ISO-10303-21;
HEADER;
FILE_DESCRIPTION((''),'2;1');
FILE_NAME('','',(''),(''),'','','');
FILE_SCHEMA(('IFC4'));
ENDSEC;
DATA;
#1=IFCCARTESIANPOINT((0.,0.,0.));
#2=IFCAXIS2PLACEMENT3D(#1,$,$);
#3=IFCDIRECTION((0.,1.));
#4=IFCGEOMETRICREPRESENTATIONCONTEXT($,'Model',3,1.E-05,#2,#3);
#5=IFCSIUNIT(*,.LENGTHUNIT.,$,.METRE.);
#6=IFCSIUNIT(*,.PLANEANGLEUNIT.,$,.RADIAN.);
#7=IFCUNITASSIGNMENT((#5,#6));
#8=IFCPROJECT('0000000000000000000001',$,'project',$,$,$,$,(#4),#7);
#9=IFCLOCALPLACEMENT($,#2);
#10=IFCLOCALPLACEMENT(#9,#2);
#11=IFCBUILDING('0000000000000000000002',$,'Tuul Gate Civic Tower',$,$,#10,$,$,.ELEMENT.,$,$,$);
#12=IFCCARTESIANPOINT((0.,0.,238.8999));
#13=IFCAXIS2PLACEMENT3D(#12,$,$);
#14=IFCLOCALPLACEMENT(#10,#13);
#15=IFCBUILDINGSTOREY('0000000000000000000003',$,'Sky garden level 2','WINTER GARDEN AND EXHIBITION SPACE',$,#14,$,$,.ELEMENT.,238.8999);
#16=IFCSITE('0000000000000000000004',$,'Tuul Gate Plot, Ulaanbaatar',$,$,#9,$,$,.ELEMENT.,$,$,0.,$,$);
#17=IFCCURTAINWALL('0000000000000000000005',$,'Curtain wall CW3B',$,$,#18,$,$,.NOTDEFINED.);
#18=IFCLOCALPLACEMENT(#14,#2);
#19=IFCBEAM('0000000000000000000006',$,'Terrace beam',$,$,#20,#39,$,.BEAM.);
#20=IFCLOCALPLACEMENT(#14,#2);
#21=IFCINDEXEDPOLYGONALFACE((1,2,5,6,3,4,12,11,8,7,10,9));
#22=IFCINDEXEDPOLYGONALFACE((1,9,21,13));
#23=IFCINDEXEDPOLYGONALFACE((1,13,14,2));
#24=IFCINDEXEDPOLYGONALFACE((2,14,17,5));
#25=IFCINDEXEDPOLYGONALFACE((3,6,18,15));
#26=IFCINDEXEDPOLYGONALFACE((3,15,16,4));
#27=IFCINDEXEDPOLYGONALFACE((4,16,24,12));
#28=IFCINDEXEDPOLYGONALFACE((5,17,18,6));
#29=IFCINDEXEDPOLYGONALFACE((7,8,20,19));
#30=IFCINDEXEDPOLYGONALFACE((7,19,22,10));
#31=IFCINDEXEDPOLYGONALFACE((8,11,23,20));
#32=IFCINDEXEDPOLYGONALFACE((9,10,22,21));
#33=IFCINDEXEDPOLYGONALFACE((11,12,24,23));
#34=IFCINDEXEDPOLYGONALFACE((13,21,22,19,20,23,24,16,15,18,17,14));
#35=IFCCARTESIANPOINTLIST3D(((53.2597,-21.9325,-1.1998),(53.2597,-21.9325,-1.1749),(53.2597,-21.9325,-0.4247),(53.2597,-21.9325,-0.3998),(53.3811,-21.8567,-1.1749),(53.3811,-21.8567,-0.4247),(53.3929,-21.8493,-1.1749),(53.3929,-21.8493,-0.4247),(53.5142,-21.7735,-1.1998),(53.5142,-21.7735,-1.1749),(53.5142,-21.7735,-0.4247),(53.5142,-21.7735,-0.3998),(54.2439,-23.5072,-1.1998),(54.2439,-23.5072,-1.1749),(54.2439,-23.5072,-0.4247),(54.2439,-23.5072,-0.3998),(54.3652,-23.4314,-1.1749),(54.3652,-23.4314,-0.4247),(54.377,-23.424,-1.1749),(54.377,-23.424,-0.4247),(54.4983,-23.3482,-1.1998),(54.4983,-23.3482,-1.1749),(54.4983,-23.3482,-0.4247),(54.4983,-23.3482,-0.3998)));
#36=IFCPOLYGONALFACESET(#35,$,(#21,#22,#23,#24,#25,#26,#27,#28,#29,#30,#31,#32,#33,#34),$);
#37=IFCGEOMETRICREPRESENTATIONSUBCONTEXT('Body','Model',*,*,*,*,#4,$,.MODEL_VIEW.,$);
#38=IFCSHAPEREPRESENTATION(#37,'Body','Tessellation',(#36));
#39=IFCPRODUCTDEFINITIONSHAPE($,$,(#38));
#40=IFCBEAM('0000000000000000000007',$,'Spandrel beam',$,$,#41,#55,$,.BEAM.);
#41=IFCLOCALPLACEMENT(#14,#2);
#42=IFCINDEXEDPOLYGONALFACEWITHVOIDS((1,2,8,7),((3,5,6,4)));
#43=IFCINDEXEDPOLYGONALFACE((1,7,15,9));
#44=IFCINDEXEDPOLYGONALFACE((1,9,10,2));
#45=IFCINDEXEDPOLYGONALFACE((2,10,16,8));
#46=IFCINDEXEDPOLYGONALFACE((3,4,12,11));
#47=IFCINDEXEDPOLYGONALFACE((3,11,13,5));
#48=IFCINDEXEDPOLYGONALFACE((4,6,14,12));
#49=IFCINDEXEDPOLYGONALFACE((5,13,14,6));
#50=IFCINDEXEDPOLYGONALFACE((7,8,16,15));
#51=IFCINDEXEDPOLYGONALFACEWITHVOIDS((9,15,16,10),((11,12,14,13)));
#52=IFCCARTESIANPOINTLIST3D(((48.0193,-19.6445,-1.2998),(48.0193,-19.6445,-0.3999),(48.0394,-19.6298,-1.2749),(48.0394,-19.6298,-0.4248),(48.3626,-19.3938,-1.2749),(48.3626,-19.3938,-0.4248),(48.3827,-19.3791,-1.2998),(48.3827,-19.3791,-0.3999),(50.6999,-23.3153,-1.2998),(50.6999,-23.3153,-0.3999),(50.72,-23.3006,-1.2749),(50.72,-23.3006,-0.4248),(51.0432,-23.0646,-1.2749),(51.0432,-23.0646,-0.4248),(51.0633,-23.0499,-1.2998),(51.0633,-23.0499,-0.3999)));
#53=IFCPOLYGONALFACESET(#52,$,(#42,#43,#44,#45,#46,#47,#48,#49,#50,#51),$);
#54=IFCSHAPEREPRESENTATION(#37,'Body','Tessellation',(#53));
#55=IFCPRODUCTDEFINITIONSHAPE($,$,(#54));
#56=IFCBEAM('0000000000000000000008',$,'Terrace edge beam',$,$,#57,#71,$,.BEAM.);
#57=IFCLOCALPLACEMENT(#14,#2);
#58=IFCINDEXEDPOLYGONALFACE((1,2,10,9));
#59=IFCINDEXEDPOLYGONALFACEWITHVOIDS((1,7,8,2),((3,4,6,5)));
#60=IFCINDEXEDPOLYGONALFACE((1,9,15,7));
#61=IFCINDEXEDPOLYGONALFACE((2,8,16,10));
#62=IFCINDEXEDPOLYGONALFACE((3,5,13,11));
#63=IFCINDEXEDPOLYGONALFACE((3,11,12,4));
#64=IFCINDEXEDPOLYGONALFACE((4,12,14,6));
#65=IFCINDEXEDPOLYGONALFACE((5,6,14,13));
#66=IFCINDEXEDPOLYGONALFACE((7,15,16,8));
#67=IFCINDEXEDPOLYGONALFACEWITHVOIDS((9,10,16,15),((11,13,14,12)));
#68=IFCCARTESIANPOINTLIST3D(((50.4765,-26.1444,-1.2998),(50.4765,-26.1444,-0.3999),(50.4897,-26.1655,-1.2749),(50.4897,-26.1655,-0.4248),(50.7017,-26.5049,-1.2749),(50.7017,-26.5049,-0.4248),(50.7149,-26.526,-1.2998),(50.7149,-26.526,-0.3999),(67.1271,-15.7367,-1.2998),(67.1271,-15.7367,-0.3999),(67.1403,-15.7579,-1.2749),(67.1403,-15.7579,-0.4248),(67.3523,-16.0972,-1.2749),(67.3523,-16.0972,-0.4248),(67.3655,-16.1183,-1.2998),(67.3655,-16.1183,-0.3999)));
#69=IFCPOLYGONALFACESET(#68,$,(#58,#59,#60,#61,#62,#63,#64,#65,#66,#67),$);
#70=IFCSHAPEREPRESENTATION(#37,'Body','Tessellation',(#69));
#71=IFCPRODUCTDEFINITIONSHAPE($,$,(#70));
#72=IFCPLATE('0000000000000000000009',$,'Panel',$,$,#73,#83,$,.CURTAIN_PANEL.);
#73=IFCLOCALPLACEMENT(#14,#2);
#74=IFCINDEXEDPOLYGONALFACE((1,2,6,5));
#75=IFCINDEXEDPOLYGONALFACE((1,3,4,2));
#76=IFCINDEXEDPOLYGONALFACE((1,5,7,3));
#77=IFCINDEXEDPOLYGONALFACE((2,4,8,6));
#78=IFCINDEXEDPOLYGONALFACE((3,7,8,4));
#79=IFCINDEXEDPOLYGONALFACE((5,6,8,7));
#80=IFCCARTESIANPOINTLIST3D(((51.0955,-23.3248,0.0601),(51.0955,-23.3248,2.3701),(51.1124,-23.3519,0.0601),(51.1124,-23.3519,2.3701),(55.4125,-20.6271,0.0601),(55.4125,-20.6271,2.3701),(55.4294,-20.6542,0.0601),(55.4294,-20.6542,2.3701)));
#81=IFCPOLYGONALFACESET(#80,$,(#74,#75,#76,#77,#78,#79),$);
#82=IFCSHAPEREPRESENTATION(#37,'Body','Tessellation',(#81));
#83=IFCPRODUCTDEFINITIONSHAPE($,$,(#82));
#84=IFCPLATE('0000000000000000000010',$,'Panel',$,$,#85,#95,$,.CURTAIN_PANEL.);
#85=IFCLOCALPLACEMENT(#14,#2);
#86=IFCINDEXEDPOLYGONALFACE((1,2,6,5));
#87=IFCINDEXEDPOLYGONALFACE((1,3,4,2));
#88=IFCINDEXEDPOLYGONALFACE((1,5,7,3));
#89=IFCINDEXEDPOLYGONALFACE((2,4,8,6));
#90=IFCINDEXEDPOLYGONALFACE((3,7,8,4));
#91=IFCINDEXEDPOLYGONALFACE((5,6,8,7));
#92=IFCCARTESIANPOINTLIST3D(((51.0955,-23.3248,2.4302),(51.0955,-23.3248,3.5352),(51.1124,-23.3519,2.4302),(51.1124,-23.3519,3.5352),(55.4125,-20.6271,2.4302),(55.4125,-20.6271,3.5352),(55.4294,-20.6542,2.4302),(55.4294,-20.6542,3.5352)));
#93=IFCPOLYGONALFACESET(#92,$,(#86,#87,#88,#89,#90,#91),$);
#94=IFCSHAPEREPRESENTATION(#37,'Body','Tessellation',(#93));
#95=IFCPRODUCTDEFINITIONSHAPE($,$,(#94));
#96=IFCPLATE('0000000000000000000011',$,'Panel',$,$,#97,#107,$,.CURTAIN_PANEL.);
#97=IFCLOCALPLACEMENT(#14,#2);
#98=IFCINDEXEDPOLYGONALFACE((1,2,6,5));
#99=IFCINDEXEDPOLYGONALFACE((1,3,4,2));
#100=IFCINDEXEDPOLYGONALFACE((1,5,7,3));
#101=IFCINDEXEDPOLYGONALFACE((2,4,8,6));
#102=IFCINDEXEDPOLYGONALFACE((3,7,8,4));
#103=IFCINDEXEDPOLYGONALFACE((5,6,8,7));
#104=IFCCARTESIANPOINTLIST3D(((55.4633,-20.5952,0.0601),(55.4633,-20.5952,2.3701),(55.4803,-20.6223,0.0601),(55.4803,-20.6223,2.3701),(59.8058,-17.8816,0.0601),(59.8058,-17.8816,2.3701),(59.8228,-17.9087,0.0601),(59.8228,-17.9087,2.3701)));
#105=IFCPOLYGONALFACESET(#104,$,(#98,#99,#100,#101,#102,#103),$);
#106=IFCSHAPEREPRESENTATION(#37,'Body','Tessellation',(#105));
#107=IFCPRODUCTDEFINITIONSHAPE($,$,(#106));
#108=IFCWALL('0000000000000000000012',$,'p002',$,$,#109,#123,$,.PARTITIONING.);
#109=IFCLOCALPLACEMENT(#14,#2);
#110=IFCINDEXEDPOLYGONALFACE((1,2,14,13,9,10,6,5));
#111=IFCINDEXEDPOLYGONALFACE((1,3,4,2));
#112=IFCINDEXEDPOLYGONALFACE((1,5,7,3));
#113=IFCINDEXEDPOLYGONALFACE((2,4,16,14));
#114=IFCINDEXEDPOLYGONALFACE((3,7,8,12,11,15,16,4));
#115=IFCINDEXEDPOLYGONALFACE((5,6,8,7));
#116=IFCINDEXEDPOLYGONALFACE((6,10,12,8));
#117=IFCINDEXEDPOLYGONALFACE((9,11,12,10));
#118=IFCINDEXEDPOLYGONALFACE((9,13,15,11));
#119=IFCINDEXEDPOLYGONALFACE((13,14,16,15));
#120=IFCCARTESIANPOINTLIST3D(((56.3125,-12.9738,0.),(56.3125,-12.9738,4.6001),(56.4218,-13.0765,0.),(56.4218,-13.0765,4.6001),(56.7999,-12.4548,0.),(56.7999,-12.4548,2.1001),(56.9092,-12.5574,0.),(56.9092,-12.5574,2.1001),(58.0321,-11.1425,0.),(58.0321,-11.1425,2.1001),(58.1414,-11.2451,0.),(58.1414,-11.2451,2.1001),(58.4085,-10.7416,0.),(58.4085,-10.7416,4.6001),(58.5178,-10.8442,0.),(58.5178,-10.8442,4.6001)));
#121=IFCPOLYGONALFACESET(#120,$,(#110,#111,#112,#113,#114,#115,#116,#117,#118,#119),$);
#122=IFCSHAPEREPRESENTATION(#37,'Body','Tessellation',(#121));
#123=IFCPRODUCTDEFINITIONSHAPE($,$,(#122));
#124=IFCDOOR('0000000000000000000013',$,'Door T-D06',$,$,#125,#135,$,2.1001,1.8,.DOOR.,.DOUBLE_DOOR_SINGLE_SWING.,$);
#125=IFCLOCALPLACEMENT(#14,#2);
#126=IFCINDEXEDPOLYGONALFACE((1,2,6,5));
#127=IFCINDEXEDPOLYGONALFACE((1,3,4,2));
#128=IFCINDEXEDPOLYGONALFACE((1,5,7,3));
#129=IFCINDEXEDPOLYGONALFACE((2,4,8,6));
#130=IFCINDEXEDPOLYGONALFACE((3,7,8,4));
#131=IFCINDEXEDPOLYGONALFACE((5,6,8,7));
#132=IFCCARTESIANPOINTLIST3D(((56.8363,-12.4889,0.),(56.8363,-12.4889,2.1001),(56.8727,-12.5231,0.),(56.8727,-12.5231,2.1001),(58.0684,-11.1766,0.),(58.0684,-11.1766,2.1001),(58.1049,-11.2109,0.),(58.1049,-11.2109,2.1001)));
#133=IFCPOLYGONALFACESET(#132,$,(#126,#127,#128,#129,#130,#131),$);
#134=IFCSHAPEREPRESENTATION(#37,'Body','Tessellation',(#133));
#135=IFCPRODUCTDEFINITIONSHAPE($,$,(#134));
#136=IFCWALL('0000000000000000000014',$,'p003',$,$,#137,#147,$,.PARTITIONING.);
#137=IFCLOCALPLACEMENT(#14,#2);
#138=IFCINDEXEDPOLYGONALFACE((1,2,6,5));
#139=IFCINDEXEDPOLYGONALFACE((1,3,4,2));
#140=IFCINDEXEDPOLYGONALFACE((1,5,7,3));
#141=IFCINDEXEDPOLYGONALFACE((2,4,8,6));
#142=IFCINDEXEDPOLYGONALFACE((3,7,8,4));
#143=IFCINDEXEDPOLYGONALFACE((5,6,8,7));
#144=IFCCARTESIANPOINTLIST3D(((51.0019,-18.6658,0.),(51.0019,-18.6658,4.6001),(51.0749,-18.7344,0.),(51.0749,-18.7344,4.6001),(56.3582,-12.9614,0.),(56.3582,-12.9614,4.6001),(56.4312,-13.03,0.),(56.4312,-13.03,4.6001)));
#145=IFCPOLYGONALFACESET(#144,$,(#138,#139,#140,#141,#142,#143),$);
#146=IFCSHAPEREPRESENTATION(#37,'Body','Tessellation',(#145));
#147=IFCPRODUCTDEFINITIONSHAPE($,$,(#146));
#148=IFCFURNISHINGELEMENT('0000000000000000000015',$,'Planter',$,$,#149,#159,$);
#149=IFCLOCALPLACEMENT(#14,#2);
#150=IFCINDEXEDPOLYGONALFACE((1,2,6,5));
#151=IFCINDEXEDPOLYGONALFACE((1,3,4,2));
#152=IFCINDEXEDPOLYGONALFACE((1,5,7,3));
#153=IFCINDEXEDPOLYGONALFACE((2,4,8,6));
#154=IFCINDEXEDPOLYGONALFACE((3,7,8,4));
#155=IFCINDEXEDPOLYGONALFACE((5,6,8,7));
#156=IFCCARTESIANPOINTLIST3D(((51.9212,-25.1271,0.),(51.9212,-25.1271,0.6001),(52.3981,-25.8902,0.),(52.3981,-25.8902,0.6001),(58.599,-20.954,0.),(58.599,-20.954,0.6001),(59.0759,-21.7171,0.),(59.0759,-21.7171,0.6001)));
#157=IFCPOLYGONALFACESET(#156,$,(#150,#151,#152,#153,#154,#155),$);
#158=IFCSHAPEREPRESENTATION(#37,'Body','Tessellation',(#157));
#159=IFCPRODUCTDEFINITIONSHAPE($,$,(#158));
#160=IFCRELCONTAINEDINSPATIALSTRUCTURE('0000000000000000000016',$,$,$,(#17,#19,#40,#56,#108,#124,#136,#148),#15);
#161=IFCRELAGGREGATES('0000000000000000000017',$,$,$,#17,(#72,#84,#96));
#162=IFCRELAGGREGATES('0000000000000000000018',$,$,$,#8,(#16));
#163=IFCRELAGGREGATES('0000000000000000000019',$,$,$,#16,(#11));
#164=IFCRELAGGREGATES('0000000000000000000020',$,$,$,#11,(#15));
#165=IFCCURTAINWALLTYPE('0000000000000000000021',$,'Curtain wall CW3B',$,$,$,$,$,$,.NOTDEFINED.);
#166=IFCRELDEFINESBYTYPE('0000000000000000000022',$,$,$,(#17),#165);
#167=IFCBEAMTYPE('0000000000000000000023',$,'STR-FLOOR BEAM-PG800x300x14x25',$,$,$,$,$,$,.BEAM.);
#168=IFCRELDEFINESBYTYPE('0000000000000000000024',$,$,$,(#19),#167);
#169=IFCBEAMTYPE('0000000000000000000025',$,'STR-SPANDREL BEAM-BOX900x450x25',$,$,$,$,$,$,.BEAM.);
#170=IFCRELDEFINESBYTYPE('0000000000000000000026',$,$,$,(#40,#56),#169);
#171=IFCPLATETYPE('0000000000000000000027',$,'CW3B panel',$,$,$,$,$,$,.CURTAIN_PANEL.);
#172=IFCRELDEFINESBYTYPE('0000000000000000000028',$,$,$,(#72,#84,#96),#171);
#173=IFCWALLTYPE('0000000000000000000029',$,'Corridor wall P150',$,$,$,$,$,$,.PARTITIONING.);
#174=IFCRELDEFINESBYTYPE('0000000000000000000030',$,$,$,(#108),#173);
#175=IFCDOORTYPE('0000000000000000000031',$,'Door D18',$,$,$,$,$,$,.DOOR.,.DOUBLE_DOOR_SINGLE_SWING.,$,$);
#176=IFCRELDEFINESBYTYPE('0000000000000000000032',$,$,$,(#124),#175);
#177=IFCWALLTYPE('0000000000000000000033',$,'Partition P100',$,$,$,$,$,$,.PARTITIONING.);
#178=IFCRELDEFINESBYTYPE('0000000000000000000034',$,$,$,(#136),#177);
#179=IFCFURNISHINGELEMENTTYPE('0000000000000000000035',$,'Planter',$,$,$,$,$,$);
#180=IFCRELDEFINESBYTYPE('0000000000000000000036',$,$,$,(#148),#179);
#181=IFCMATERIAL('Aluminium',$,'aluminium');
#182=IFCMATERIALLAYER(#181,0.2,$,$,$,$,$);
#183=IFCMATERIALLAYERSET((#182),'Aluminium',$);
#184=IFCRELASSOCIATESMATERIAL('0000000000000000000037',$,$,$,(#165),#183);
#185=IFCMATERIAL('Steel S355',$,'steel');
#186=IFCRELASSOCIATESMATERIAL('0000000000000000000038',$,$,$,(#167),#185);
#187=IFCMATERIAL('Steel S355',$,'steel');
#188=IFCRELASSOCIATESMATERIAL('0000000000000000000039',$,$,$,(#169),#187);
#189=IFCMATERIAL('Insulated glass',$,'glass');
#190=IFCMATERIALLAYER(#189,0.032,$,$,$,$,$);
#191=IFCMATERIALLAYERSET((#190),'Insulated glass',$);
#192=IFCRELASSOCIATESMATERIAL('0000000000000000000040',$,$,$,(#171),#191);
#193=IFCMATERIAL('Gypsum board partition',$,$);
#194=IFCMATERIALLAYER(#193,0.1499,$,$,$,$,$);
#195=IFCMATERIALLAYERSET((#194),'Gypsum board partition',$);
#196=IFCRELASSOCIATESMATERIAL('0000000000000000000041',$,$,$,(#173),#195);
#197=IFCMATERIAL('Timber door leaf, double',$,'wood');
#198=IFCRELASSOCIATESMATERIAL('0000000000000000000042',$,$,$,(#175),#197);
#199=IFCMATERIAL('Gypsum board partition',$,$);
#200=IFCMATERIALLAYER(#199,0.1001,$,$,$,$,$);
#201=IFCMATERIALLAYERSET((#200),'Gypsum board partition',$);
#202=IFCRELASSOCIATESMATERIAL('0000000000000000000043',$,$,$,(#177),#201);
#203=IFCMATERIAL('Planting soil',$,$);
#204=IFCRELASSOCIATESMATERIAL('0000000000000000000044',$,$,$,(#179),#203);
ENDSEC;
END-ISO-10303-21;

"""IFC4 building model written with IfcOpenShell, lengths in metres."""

from ifc_helpers import new_model, si_unit, direction, frame, frame_2d, origin, origin_2d, place, context, subcontext, project, spatial, rectangle, hollow_rectangle, i_section, extrude, material, layer, layer_set, material_profile, profile_set, type_object, element, fill, aggregate, save


model = new_model("IFC4")

# Units and contexts
model_context = context("Model", 3, precision=1e-05, world=origin(), true_north=direction((0.0, 1.0)))
body_context = subcontext(model_context, "Body", "Model", "MODEL_VIEW")
ifc_project = project(units=[si_unit("LENGTHUNIT", "METRE"), si_unit("PLANEANGLEUNIT", "RADIAN")], contexts=[model_context])

# Site, building, storey
site_placement = place(None, origin())
site = spatial("IfcSite", under=ifc_project, at=site_placement, Name="Tuul Gate Plot, Ulaanbaatar", CompositionType="ELEMENT", RefElevation=0.0)
building_placement = place(site_placement, origin())
building = spatial("IfcBuilding", under=site, at=building_placement, Name="Tuul Gate Civic Tower", CompositionType="ELEMENT")
storey_placement = place(building_placement, frame((0.0, 0.0, 238.8999)))
storey = spatial("IfcBuildingStorey", under=building, at=storey_placement, Name="Sky garden level 2", Description="WINTER GARDEN AND EXHIBITION SPACE", CompositionType="ELEMENT", Elevation=238.8999)

# Shared definitions
ifc_material_1 = material(Name="Aluminium", Category="aluminium")
ifc_layer_1 = layer(ifc_material_1, 0.2)
ifc_layer_set_1 = layer_set([ifc_layer_1], Name="Aluminium")
curtain_wall_type = type_object("IfcCurtainWallType", Name="Curtain wall CW3B", PredefinedType="NOTDEFINED", material=ifc_layer_set_1)

# Curtain wall
curtain_wall_1_placement = place(storey_placement, origin())
curtain_wall_1 = element("IfcCurtainWall", 1, at=curtain_wall_1_placement, inside=storey, type_object=curtain_wall_type, Name="Curtain wall CW3B", PredefinedType="NOTDEFINED")

# Beams
ifc_material_2 = material(Name="Steel S355", Category="steel")
ifc_material_profile_1 = material_profile(ifc_material_2, i_section(OverallWidth=0.3, OverallDepth=0.8, WebThickness=0.0139, FlangeThickness=0.0249, at=origin_2d()), Name="PG800x300x14x25")
ifc_profile_set_1 = profile_set([ifc_material_profile_1], Name="Steel S355")
beam_type_1 = type_object("IfcBeamType", Name="STR-FLOOR BEAM-PG800x300x14x25", PredefinedType="BEAM", material=ifc_profile_set_1)
beam_1_placement = place(storey_placement, frame((54.3711, -23.4277, -0.7998), z_axis=(-0.529975, 0.848013, 0.0), x_axis=(-0.848013, -0.529975, 0.0)))
element("IfcBeam", 2, at=beam_1_placement, inside=storey, type_object=beam_type_1, Name="Terrace beam", PredefinedType="BEAM", context=body_context, shape_type="SweptSolid", body=[
    extrude(i_section(OverallWidth=0.3, OverallDepth=0.8, WebThickness=0.0139, FlangeThickness=0.0249, at=origin_2d()), origin(), (0.0, 0.0, 1.0), 1.8569),
])
ifc_material_3 = material(Name="Steel S355", Category="steel")
ifc_material_profile_2 = material_profile(ifc_material_3, hollow_rectangle(XDim=0.45, YDim=0.8999, WallThickness=0.0249, at=origin_2d()), Name="BOX900x450x25")
ifc_profile_set_2 = profile_set([ifc_material_profile_2], Name="Steel S355")
beam_type_2 = type_object("IfcBeamType", Name="STR-SPANDREL BEAM-BOX900x450x25", PredefinedType="BEAM", material=ifc_profile_set_2)
beam_2_placement = place(storey_placement, frame((50.8816, -23.1826, -0.8499), z_axis=(-0.589742, 0.807592, 0.0), x_axis=(-0.807592, -0.589742, 0.0)))
element("IfcBeam", 3, at=beam_2_placement, inside=storey, type_object=beam_type_2, Name="Spandrel beam", PredefinedType="BEAM", context=body_context, shape_type="SweptSolid", body=[
    extrude(hollow_rectangle(XDim=0.45, YDim=0.8999, WallThickness=0.0249, at=origin_2d()), origin(), (0.0, 0.0, 1.0), 4.5454),
])
beam_3_placement = place(storey_placement, frame((50.5957, -26.3352, -0.8499), z_axis=(0.847974, 0.530038, 0.0), x_axis=(-0.530038, 0.847974, 0.0)))
element("IfcBeam", 4, at=beam_3_placement, inside=storey, type_object=beam_type_2, Name="Terrace edge beam", PredefinedType="BEAM", context=body_context, shape_type="SweptSolid", body=[
    extrude(hollow_rectangle(XDim=0.45, YDim=0.8999, WallThickness=0.0249, at=origin_2d()), origin(), (0.0, 0.0, 1.0), 19.6357),
])

# Plates
ifc_material_4 = material(Name="Insulated glass", Category="glass")
ifc_layer_2 = layer(ifc_material_4, 0.032)
ifc_layer_set_2 = layer_set([ifc_layer_2], Name="Insulated glass")
plate_type = type_object("IfcPlateType", Name="CW3B panel", PredefinedType="CURTAIN_PANEL", material=ifc_layer_set_2)
plate_1_placement = place(storey_placement, frame((53.2625, -21.9895, 0.0601), z_axis=(0.0, 0.0, 1.0), x_axis=(0.848042, 0.52993, 0.0)))
plate_1 = element("IfcPlate", 5, at=plate_1_placement, type_object=plate_type, Name="Panel", PredefinedType="CURTAIN_PANEL", context=body_context, shape_type="SweptSolid", body=[
    extrude(rectangle(XDim=5.0906, YDim=0.032, at=origin_2d()), origin(), (0.0, 0.0, 1.0), 2.3101),
])
plate_2_placement = place(storey_placement, frame((53.2625, -21.9895, 2.4302), z_axis=(0.0, 0.0, 1.0), x_axis=(0.848042, 0.52993, 0.0)))
plate_2 = element("IfcPlate", 6, at=plate_2_placement, type_object=plate_type, Name="Panel", PredefinedType="CURTAIN_PANEL", context=body_context, shape_type="SweptSolid", body=[
    extrude(rectangle(XDim=5.0906, YDim=0.032, at=origin_2d()), origin(), (0.0, 0.0, 1.0), 1.105),
])
plate_3_placement = place(storey_placement, frame((57.6431, -19.252, 0.0601), z_axis=(0.0, 0.0, 1.0), x_axis=(0.848042, 0.52993, 0.0)))
plate_3 = element("IfcPlate", 7, at=plate_3_placement, type_object=plate_type, Name="Panel", PredefinedType="CURTAIN_PANEL", context=body_context, shape_type="SweptSolid", body=[
    extrude(rectangle(XDim=5.1206, YDim=0.032, at=origin_2d()), origin(), (0.0, 0.0, 1.0), 2.3101),
])
aggregate(curtain_wall_1, [plate_1, plate_2, plate_3])

# Wall, opening, door
ifc_material_5 = material(Name="Gypsum board partition")
ifc_layer_3 = layer(ifc_material_5, 0.1499)
ifc_layer_set_3 = layer_set([ifc_layer_3], Name="Gypsum board partition")
wall_type_1 = type_object("IfcWallType", Name="Corridor wall P150", PredefinedType="PARTITIONING", material=ifc_layer_set_3)
wall_1_placement = place(storey_placement, frame((56.3672, -13.0251, 0.0), z_axis=(0.0, 0.0, 1.0), x_axis=(0.684511, 0.729002, 0.0)))
wall_1 = element("IfcWall", 8, at=wall_1_placement, inside=storey, type_object=wall_type_1, Name="p002", PredefinedType="PARTITIONING", context=body_context, shape_type="SweptSolid", body=[
    extrude(rectangle(XDim=3.062, YDim=0.1499, at=frame_2d((1.531, 0.0))), origin(), (0.0, 0.0, 1.0), 4.6001),
])
opening_placement = place(wall_1_placement, frame((0.7122, 0.0, 0.0)))
opening = element("IfcOpeningElement", 9, at=opening_placement, cuts=wall_1, PredefinedType="OPENING", context=body_context, shape_type="SweptSolid", body=[
    extrude(rectangle(XDim=1.8, YDim=2.1001, at=frame_2d((0.8999, 1.05))), frame((0.0, 0.085, 0.0), z_axis=(0.0, -1.0, 0.0), x_axis=(1.0, 0.0, 0.0)), (0.0, 0.0, 1.0), 0.1699),
])
ifc_material_6 = material(Name="Timber door leaf, double", Category="wood")
door_type = type_object("IfcDoorType", Name="Door D18", OperationType="DOUBLE_DOOR_SINGLE_SWING", PredefinedType="DOOR", material=ifc_material_6)
door_placement = place(opening_placement, frame((1.8, 0.0, 0.0), z_axis=(0.0, 0.0, 1.0), x_axis=(-1.0, 0.0, 0.0)))
door = element("IfcDoor", 10, at=door_placement, inside=storey, type_object=door_type, Name="Door T-D06", OperationType="DOUBLE_DOOR_SINGLE_SWING", OverallHeight=2.1001, OverallWidth=1.8, PredefinedType="DOOR", context=body_context, shape_type="SweptSolid", body=[
    extrude(rectangle(XDim=1.8, YDim=2.1001, at=frame_2d((0.9001, 1.05))), frame((0.0, 0.0249, 0.0), z_axis=(0.0, -1.0, 0.0), x_axis=(1.0, 0.0, 0.0)), (0.0, 0.0, 1.0), 0.05),
])
fill(opening, door)

# Wall
ifc_material_7 = material(Name="Gypsum board partition")
ifc_layer_4 = layer(ifc_material_7, 0.1001)
ifc_layer_set_4 = layer_set([ifc_layer_4], Name="Gypsum board partition")
wall_type_2 = type_object("IfcWallType", Name="Partition P100", PredefinedType="PARTITIONING", material=ifc_layer_set_4)
wall_2_placement = place(storey_placement, frame((51.0383, -18.7002, 0.0), z_axis=(0.0, 0.0, 1.0), x_axis=(0.684511, 0.729003, 0.0)))
element("IfcWall", 11, at=wall_2_placement, inside=storey, type_object=wall_type_2, Name="p003", PredefinedType="PARTITIONING", context=body_context, shape_type="SweptSolid", body=[
    extrude(rectangle(XDim=7.825, YDim=0.1001, at=frame_2d((3.9126, 0.0))), origin(), (0.0, 0.0, 1.0), 4.6001),
])

# Furnishing element
ifc_material_8 = material(Name="Planting soil")
furnishing_element_type = type_object("IfcFurnishingElementType", Name="Planter", material=ifc_material_8)
furnishing_placement = place(storey_placement, frame((55.4985, -23.4221, 0.0), z_axis=(0.0, 0.0, 1.0), x_axis=(0.848029, 0.52995, 0.0)))
element("IfcFurnishingElement", 12, at=furnishing_placement, inside=storey, type_object=furnishing_element_type, Name="Planter", context=body_context, shape_type="SweptSolid", body=[
    extrude(rectangle(XDim=7.8745, YDim=0.8999, at=origin_2d()), origin(), (0.0, 0.0, 1.0), 0.6001),
])

save(model, "model.ifc")
